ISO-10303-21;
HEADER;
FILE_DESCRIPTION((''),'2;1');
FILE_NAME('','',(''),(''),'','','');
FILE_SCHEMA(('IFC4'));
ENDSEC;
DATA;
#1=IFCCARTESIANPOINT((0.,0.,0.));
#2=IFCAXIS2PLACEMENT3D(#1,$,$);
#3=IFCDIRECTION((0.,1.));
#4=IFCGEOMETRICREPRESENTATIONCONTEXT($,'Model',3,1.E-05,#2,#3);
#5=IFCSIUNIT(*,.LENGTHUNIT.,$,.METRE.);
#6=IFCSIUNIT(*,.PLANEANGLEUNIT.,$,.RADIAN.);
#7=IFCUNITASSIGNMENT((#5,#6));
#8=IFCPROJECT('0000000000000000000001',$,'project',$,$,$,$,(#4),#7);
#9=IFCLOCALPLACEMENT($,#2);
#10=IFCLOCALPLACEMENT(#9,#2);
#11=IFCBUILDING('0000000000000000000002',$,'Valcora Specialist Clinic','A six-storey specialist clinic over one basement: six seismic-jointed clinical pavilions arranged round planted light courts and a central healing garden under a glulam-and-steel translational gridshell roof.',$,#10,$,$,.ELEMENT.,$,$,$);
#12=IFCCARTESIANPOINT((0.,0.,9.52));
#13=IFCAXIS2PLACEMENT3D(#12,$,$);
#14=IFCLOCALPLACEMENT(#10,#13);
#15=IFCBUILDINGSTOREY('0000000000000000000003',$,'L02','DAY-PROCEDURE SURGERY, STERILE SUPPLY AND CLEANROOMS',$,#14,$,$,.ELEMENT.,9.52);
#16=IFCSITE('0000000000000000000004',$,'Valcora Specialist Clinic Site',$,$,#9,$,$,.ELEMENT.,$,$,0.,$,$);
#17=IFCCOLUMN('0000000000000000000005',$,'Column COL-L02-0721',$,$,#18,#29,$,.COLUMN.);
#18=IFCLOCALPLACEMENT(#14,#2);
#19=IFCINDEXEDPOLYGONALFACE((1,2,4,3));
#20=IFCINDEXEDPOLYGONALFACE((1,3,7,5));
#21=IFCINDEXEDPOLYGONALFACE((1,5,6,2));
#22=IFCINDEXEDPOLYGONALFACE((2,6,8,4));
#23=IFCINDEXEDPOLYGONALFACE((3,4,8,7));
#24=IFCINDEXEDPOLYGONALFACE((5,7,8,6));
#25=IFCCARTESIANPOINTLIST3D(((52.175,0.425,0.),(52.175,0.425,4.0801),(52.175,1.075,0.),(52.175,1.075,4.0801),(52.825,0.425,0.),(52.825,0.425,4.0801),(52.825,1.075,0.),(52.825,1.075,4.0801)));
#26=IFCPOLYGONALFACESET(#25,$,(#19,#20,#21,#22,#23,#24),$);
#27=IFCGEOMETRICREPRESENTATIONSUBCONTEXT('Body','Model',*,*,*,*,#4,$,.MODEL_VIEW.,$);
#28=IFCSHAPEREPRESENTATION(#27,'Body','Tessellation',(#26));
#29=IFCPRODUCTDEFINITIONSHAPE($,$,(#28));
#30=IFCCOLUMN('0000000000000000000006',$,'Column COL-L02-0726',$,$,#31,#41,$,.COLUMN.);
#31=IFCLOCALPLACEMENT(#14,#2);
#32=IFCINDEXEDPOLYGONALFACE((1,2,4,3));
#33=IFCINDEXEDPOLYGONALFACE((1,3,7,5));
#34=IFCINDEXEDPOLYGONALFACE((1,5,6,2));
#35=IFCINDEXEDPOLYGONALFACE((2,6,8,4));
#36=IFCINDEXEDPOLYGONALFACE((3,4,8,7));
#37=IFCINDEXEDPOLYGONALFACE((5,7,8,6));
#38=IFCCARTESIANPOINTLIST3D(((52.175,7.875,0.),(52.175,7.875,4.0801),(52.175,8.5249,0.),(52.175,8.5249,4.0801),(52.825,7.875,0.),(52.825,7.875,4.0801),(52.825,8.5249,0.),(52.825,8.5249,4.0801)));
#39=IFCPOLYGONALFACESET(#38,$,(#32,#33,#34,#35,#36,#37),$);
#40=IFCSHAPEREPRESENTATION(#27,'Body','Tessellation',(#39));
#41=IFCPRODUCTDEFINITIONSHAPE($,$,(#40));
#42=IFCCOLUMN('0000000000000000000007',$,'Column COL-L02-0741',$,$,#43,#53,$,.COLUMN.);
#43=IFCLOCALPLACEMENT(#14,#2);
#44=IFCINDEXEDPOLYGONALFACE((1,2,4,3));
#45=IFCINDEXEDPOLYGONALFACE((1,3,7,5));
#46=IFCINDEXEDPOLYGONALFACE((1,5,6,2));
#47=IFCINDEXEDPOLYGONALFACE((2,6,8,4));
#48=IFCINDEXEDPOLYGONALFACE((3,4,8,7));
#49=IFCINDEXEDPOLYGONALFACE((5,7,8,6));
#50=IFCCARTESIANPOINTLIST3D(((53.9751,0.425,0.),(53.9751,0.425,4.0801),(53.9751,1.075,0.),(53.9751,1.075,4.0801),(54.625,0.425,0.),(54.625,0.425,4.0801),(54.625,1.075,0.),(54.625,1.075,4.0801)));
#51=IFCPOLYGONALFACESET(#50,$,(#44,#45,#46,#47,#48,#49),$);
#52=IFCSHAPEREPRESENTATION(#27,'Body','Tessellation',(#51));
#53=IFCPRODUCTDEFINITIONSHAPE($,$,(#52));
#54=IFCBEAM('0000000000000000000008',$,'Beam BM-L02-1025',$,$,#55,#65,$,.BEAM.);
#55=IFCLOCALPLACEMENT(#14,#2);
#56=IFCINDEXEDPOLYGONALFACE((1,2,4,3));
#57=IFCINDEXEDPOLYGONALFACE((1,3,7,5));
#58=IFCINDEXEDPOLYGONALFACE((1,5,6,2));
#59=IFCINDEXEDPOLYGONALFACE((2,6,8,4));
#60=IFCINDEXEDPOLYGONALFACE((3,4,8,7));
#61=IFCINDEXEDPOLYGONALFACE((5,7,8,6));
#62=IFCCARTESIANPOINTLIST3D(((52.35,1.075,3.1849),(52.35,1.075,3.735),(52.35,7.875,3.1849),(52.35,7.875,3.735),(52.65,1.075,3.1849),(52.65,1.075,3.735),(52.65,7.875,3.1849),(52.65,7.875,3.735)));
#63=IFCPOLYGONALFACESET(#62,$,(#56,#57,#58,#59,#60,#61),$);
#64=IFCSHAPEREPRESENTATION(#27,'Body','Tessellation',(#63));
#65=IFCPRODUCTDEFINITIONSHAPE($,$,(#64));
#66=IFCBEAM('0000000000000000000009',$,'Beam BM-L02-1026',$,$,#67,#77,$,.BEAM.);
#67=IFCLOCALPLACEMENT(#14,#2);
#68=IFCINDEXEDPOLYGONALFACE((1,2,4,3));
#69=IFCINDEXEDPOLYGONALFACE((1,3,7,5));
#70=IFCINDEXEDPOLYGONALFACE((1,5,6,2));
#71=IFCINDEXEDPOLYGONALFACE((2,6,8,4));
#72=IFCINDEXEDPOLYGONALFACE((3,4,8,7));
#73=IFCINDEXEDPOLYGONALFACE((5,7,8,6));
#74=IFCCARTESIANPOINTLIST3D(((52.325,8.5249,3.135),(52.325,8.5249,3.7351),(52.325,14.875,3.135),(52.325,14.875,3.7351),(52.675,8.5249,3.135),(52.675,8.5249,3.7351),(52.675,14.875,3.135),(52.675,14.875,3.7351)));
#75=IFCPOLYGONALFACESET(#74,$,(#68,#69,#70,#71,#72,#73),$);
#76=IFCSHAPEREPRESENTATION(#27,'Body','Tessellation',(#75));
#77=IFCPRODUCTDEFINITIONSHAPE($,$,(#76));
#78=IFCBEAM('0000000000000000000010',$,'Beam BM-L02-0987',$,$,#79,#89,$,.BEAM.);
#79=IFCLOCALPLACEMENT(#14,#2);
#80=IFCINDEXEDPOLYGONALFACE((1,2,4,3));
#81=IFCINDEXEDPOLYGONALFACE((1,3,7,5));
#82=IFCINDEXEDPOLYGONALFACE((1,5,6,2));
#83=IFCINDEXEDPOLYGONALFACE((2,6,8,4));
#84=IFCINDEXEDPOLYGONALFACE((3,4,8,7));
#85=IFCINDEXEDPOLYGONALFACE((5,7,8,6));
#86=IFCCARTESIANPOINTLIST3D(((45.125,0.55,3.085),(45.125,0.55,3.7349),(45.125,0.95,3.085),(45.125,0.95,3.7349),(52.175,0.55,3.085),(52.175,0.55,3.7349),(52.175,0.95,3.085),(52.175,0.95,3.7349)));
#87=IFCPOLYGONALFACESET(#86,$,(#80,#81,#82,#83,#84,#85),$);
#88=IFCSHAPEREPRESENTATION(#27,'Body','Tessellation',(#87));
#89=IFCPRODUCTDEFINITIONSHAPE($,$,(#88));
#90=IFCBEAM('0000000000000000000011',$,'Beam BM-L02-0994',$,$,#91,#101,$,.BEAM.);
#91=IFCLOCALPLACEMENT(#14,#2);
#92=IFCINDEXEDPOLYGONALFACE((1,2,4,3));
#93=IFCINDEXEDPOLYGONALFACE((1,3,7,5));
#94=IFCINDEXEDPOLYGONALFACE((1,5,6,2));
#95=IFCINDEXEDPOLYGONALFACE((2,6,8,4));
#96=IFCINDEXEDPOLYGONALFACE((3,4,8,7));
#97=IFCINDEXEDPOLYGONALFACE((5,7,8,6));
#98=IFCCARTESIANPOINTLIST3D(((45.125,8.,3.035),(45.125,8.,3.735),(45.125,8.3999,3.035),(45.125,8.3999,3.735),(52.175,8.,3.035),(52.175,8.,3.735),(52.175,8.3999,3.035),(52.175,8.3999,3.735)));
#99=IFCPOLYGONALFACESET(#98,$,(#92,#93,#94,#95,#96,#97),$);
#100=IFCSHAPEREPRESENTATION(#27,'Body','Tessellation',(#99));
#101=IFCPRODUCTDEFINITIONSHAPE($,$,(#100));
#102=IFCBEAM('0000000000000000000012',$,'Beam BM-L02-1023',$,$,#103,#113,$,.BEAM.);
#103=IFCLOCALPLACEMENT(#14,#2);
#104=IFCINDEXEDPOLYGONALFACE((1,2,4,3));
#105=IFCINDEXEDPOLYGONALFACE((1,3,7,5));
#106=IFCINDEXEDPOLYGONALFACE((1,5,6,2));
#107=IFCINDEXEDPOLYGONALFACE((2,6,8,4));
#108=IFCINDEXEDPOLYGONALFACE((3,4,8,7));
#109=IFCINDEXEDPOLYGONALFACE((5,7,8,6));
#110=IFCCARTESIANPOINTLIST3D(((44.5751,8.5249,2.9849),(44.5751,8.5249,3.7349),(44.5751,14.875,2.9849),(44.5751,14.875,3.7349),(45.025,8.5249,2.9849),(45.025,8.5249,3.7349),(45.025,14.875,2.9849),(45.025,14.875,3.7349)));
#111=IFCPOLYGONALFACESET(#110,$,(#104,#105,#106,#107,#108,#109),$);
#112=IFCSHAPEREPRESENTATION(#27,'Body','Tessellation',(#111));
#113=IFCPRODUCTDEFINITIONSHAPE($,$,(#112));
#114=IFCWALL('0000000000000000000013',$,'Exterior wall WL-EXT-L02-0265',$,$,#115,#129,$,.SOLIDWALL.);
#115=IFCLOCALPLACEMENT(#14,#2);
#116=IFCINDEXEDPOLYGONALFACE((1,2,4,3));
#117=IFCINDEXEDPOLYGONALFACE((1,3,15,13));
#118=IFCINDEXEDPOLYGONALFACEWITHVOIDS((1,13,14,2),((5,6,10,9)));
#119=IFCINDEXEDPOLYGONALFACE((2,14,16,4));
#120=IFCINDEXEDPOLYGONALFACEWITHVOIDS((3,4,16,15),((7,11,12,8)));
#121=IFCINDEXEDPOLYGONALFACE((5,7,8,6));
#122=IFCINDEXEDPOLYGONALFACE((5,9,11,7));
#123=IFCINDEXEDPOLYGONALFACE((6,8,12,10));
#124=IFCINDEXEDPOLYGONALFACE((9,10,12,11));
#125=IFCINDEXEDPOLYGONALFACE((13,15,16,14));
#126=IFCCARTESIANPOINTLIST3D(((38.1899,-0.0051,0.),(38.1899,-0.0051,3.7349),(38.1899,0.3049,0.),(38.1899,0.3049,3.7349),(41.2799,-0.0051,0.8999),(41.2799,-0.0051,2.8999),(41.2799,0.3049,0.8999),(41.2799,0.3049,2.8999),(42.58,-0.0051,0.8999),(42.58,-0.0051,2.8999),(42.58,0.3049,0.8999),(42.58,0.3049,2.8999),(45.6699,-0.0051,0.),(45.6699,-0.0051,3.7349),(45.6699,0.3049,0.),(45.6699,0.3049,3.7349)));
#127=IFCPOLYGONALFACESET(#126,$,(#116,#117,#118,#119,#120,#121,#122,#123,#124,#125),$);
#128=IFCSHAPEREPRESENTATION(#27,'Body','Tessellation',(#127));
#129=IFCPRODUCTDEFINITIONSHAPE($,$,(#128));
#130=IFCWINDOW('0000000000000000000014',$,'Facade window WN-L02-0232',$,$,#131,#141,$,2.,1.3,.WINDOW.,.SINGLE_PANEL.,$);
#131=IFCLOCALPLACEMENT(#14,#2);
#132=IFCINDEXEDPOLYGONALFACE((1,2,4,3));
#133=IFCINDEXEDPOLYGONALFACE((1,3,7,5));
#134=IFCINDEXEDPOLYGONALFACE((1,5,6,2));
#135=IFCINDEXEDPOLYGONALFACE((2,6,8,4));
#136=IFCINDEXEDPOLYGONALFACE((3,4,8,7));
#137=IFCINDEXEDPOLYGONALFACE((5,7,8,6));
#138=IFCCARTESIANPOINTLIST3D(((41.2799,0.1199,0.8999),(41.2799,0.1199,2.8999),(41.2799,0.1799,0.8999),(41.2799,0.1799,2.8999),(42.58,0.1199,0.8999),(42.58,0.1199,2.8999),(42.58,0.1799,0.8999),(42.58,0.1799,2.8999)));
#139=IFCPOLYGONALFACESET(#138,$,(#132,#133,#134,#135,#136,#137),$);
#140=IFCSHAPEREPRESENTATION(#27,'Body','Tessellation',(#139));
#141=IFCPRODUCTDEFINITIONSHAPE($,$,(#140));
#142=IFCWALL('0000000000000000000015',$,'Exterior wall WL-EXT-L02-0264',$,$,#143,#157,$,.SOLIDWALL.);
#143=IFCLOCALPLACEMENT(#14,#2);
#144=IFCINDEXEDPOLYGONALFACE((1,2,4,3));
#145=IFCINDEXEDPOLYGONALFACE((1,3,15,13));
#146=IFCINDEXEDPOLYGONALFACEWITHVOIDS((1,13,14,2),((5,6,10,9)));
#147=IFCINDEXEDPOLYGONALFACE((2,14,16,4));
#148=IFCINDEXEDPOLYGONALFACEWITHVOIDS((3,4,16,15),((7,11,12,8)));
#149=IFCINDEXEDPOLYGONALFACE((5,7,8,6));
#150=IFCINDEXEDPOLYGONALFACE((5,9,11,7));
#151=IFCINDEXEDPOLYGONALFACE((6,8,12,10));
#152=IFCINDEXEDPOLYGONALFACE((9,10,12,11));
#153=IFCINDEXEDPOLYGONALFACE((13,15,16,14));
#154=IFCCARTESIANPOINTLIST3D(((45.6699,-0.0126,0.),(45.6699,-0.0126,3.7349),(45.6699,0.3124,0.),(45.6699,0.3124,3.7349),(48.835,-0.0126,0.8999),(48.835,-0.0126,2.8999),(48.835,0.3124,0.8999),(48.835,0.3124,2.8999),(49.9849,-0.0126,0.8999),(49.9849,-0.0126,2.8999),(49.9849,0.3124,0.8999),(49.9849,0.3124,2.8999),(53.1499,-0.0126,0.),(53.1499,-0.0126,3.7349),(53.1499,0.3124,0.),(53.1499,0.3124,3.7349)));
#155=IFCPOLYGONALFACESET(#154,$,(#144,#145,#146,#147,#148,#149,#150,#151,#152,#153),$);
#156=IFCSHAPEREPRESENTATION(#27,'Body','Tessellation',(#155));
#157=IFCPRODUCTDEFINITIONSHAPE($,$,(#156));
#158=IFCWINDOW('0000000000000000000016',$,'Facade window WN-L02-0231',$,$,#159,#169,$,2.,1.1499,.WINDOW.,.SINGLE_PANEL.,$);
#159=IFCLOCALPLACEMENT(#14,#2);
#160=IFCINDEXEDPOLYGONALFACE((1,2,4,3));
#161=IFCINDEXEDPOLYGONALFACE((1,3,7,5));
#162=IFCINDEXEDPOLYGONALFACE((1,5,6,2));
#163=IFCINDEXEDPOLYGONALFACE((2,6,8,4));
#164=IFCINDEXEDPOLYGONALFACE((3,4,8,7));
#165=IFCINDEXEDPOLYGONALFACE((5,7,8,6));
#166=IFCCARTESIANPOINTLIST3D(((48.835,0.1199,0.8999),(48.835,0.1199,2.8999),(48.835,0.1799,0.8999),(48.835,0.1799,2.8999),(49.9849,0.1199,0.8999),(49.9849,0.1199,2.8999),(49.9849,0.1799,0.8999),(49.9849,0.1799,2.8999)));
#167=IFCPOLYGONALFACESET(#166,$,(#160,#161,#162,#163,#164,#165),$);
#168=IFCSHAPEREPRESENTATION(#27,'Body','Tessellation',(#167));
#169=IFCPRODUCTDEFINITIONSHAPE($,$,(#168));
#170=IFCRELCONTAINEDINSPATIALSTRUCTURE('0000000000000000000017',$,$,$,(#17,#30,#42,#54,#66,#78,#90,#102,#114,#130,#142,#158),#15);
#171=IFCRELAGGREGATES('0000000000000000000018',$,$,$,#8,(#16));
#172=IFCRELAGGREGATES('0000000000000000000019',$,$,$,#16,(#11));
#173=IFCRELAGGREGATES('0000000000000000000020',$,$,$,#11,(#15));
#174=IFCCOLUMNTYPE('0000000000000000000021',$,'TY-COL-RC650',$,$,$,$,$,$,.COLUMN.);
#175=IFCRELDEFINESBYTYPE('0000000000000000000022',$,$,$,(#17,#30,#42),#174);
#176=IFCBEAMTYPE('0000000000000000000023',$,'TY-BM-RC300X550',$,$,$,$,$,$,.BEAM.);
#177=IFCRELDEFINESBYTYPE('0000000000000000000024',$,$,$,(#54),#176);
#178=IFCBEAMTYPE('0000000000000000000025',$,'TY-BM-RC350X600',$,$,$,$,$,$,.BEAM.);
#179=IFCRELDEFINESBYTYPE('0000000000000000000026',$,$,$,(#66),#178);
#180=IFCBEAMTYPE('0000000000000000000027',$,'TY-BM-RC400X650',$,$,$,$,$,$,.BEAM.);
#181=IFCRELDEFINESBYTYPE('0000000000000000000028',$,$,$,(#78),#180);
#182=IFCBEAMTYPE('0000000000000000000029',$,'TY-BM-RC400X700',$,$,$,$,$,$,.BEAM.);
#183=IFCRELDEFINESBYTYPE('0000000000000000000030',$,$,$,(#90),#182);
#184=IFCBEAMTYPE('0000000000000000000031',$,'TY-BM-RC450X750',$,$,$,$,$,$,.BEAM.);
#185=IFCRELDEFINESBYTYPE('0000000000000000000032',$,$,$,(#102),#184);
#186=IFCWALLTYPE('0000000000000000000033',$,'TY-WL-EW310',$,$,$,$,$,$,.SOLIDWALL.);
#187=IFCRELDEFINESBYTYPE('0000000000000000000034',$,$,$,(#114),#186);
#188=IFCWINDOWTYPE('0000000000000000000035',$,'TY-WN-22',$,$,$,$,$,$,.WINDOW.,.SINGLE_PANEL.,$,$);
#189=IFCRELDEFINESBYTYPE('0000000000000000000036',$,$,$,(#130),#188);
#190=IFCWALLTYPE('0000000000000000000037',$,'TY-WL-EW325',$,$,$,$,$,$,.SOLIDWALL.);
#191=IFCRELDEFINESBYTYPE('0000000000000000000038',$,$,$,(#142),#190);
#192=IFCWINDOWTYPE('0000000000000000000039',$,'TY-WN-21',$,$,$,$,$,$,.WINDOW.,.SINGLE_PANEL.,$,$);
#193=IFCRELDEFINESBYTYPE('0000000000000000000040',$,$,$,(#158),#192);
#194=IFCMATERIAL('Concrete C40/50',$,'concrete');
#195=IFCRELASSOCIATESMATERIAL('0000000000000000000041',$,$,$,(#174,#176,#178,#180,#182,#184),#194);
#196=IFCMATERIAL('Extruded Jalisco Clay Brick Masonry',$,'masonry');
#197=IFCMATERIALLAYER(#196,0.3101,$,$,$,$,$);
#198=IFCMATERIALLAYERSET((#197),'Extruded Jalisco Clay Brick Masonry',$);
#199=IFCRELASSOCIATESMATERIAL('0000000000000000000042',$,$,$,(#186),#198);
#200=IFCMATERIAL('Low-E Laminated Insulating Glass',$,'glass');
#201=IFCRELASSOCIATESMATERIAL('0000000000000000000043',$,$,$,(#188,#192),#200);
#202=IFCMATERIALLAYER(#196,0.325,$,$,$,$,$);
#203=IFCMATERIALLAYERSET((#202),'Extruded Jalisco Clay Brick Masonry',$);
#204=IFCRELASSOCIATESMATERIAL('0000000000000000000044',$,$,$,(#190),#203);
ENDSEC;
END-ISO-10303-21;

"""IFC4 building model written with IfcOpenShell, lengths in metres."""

from ifc_helpers import new_model, si_unit, direction, frame, frame_2d, origin, origin_2d, place, context, subcontext, project, spatial, rectangle, extrude, material, layer, layer_set, material_profile, profile_set, type_object, element, fill, save


model = new_model("IFC4")

# Units and contexts
model_context = context("Model", 3, precision=1e-05, world=origin(), true_north=direction((0.0, 1.0)))
body_context = subcontext(model_context, "Body", "Model", "MODEL_VIEW")
ifc_project = project(units=[si_unit("LENGTHUNIT", "METRE"), si_unit("PLANEANGLEUNIT", "RADIAN")], contexts=[model_context])

# Site, building, storey
site_placement = place(None, origin())
site = spatial("IfcSite", under=ifc_project, at=site_placement, Name="Valcora Specialist Clinic Site", CompositionType="ELEMENT", RefElevation=0.0)
building_placement = place(site_placement, origin())
building = spatial("IfcBuilding", under=site, at=building_placement, Name="Valcora Specialist Clinic", Description="A six-storey specialist clinic over one basement: six seismic-jointed clinical pavilions arranged round planted light courts and a central healing garden under a glulam-and-steel translational gridshell roof.", CompositionType="ELEMENT")
storey_placement = place(building_placement, frame((0.0, 0.0, 9.52)))
storey = spatial("IfcBuildingStorey", under=building, at=storey_placement, Name="L02", Description="DAY-PROCEDURE SURGERY, STERILE SUPPLY AND CLEANROOMS", CompositionType="ELEMENT", Elevation=9.52)

# Columns
ifc_material_1 = material(Name="Concrete C40/50", Category="concrete")
ifc_material_profile_1 = material_profile(ifc_material_1, rectangle(XDim=0.6499, YDim=0.6499, at=origin_2d()), Name="RC-COL-650X650")
ifc_profile_set_1 = profile_set([ifc_material_profile_1], Name="Concrete C40/50")
column_type = type_object("IfcColumnType", Name="TY-COL-RC650", PredefinedType="COLUMN", material=ifc_profile_set_1)
for number, where, z_axis, x_axis, name in (
    (1, (52.5, 0.75, 0.0), (0.0, 0.0, 1.0), (1.0, 0.0, 0.0), "Column COL-L02-0721"),
    (2, (52.5, 8.2, 0.0), (0.0, 0.0, 1.0), (1.0, 0.0, 0.0), "Column COL-L02-0726"),
    (3, (54.3, 0.75, 0.0), (0.0, 0.0, 1.0), (1.0, 0.0, 0.0), "Column COL-L02-0741"),
):
    element("IfcColumn", number, at=place(storey_placement, frame(where, z_axis=z_axis, x_axis=x_axis)), inside=storey, type_object=column_type, Name=name, PredefinedType="COLUMN", context=body_context, shape_type="SweptSolid", body=[
        extrude(rectangle(XDim=0.6499, YDim=0.6499, at=origin_2d()), origin(), (0.0, 0.0, 1.0), 4.0801),
    ])

# Beams
ifc_material_profile_2 = material_profile(ifc_material_1, rectangle(XDim=0.3, YDim=0.55, at=origin_2d()), Name="RC-BM-300X550")
ifc_profile_set_2 = profile_set([ifc_material_profile_2], Name="Concrete C40/50")
beam_type_1 = type_object("IfcBeamType", Name="TY-BM-RC300X550", PredefinedType="BEAM", material=ifc_profile_set_2)
beam_1_placement = place(storey_placement, frame((52.5, 1.075, 3.46), z_axis=(0.0, 1.0, 0.0), x_axis=(-1.0, 0.0, 0.0)))
element("IfcBeam", 4, at=beam_1_placement, inside=storey, type_object=beam_type_1, Name="Beam BM-L02-1025", PredefinedType="BEAM", context=body_context, shape_type="SweptSolid", body=[
    extrude(rectangle(XDim=0.3, YDim=0.55, at=origin_2d()), origin(), (0.0, 0.0, 1.0), 6.8),
])
ifc_material_profile_3 = material_profile(ifc_material_1, rectangle(XDim=0.3501, YDim=0.6001, at=origin_2d()), Name="RC-BM-350X600")
ifc_profile_set_3 = profile_set([ifc_material_profile_3], Name="Concrete C40/50")
beam_type_2 = type_object("IfcBeamType", Name="TY-BM-RC350X600", PredefinedType="BEAM", material=ifc_profile_set_3)
beam_2_placement = place(storey_placement, frame((52.5, 8.5249, 3.4351), z_axis=(0.0, 1.0, 0.0), x_axis=(-1.0, 0.0, 0.0)))
element("IfcBeam", 5, at=beam_2_placement, inside=storey, type_object=beam_type_2, Name="Beam BM-L02-1026", PredefinedType="BEAM", context=body_context, shape_type="SweptSolid", body=[
    extrude(rectangle(XDim=0.3501, YDim=0.6001, at=origin_2d()), origin(), (0.0, 0.0, 1.0), 6.3501),
])
ifc_material_profile_4 = material_profile(ifc_material_1, rectangle(XDim=0.3999, YDim=0.6499, at=origin_2d()), Name="RC-BM-400X650")
ifc_profile_set_4 = profile_set([ifc_material_profile_4], Name="Concrete C40/50")
beam_type_3 = type_object("IfcBeamType", Name="TY-BM-RC400X650", PredefinedType="BEAM", material=ifc_profile_set_4)
beam_3_placement = place(storey_placement, frame((45.125, 0.75, 3.4099), z_axis=(1.0, 0.0, 0.0), x_axis=(0.0, 1.0, 0.0)))
element("IfcBeam", 6, at=beam_3_placement, inside=storey, type_object=beam_type_3, Name="Beam BM-L02-0987", PredefinedType="BEAM", context=body_context, shape_type="SweptSolid", body=[
    extrude(rectangle(XDim=0.3999, YDim=0.6499, at=origin_2d()), origin(), (0.0, 0.0, 1.0), 7.05),
])
ifc_material_profile_5 = material_profile(ifc_material_1, rectangle(XDim=0.3999, YDim=0.7, at=origin_2d()), Name="RC-BM-400X700")
ifc_profile_set_5 = profile_set([ifc_material_profile_5], Name="Concrete C40/50")
beam_type_4 = type_object("IfcBeamType", Name="TY-BM-RC400X700", PredefinedType="BEAM", material=ifc_profile_set_5)
beam_4_placement = place(storey_placement, frame((45.125, 8.2, 3.385), z_axis=(1.0, 0.0, 0.0), x_axis=(0.0, 1.0, 0.0)))
element("IfcBeam", 7, at=beam_4_placement, inside=storey, type_object=beam_type_4, Name="Beam BM-L02-0994", PredefinedType="BEAM", context=body_context, shape_type="SweptSolid", body=[
    extrude(rectangle(XDim=0.3999, YDim=0.7, at=origin_2d()), origin(), (0.0, 0.0, 1.0), 7.05),
])
ifc_material_profile_6 = material_profile(ifc_material_1, rectangle(XDim=0.45, YDim=0.75, at=origin_2d()), Name="RC-BM-450X750")
ifc_profile_set_6 = profile_set([ifc_material_profile_6], Name="Concrete C40/50")
beam_type_5 = type_object("IfcBeamType", Name="TY-BM-RC450X750", PredefinedType="BEAM", material=ifc_profile_set_6)
beam_5_placement = place(storey_placement, frame((44.8, 8.5249, 3.3599), z_axis=(0.0, 1.0, 0.0), x_axis=(-1.0, 0.0, 0.0)))
element("IfcBeam", 8, at=beam_5_placement, inside=storey, type_object=beam_type_5, Name="Beam BM-L02-1023", PredefinedType="BEAM", context=body_context, shape_type="SweptSolid", body=[
    extrude(rectangle(XDim=0.45, YDim=0.75, at=origin_2d()), origin(), (0.0, 0.0, 1.0), 6.3501),
])

# Walls, openings, windows
ifc_material_2 = material(Name="Extruded Jalisco Clay Brick Masonry", Category="masonry")
ifc_layer_1 = layer(ifc_material_2, 0.3101)
ifc_layer_set_1 = layer_set([ifc_layer_1], Name="Extruded Jalisco Clay Brick Masonry")
wall_type_1 = type_object("IfcWallType", Name="TY-WL-EW310", PredefinedType="SOLIDWALL", material=ifc_layer_set_1)
wall_1_placement = place(storey_placement, frame((45.6699, 0.1499, 0.0), z_axis=(0.0, 0.0, 1.0), x_axis=(-1.0, 0.0, 0.0)))
wall_1 = element("IfcWall", 9, at=wall_1_placement, inside=storey, type_object=wall_type_1, Name="Exterior wall WL-EXT-L02-0265", PredefinedType="SOLIDWALL", context=body_context, shape_type="SweptSolid", body=[
    extrude(rectangle(XDim=7.48, YDim=0.3101, at=frame_2d((3.74, 0.0))), origin(), (0.0, 0.0, 1.0), 3.7349),
])
opening_1_placement = place(wall_1_placement, frame((3.0901, 0.0, 0.8999)))
opening_1 = element("IfcOpeningElement", 10, at=opening_1_placement, cuts=wall_1, PredefinedType="OPENING", context=body_context, shape_type="SweptSolid", body=[
    extrude(rectangle(XDim=1.3, YDim=2.0, at=frame_2d((0.6499, 1.0))), frame((0.0, 0.165, 0.0), z_axis=(0.0, -1.0, 0.0), x_axis=(1.0, 0.0, 0.0)), (0.0, 0.0, 1.0), 0.3301),
])
ifc_material_3 = material(Name="Low-E Laminated Insulating Glass", Category="glass")
window_type_1 = type_object("IfcWindowType", Name="TY-WN-22", PartitioningType="SINGLE_PANEL", PredefinedType="WINDOW", material=ifc_material_3)
window_1_placement = place(opening_1_placement, origin())
window_1 = element("IfcWindow", 11, at=window_1_placement, inside=storey, type_object=window_type_1, Name="Facade window WN-L02-0232", OverallHeight=2.0, OverallWidth=1.3, PartitioningType="SINGLE_PANEL", PredefinedType="WINDOW", context=body_context, shape_type="SweptSolid", body=[
    extrude(rectangle(XDim=1.3, YDim=2.0, at=frame_2d((0.6499, 1.0))), frame((0.0, 0.03, 0.0), z_axis=(0.0, -1.0, 0.0), x_axis=(1.0, 0.0, 0.0)), (0.0, 0.0, 1.0), 0.0601),
])
fill(opening_1, window_1)
ifc_layer_2 = layer(ifc_material_2, 0.325)
ifc_layer_set_2 = layer_set([ifc_layer_2], Name="Extruded Jalisco Clay Brick Masonry")
wall_type_2 = type_object("IfcWallType", Name="TY-WL-EW325", PredefinedType="SOLIDWALL", material=ifc_layer_set_2)
wall_2_placement = place(storey_placement, frame((53.1499, 0.1499, 0.0), z_axis=(0.0, 0.0, 1.0), x_axis=(-1.0, 0.0, 0.0)))
wall_2 = element("IfcWall", 12, at=wall_2_placement, inside=storey, type_object=wall_type_2, Name="Exterior wall WL-EXT-L02-0264", PredefinedType="SOLIDWALL", context=body_context, shape_type="SweptSolid", body=[
    extrude(rectangle(XDim=7.48, YDim=0.325, at=frame_2d((3.74, 0.0))), origin(), (0.0, 0.0, 1.0), 3.7349),
])
opening_2_placement = place(wall_2_placement, frame((3.165, 0.0, 0.8999)))
opening_2 = element("IfcOpeningElement", 13, at=opening_2_placement, cuts=wall_2, PredefinedType="OPENING", context=body_context, shape_type="SweptSolid", body=[
    extrude(rectangle(XDim=1.1499, YDim=2.0, at=frame_2d((0.575, 1.0))), frame((0.0, 0.1724, 0.0), z_axis=(0.0, -1.0, 0.0), x_axis=(1.0, 0.0, 0.0)), (0.0, 0.0, 1.0), 0.345),
])
window_type_2 = type_object("IfcWindowType", Name="TY-WN-21", PartitioningType="SINGLE_PANEL", PredefinedType="WINDOW", material=ifc_material_3)
window_2_placement = place(opening_2_placement, origin())
window_2 = element("IfcWindow", 14, at=window_2_placement, inside=storey, type_object=window_type_2, Name="Facade window WN-L02-0231", OverallHeight=2.0, OverallWidth=1.1499, PartitioningType="SINGLE_PANEL", PredefinedType="WINDOW", context=body_context, shape_type="SweptSolid", body=[
    extrude(rectangle(XDim=1.1499, YDim=2.0, at=frame_2d((0.575, 1.0))), frame((0.0, 0.03, 0.0), z_axis=(0.0, -1.0, 0.0), x_axis=(1.0, 0.0, 0.0)), (0.0, 0.0, 1.0), 0.0601),
])
fill(opening_2, window_2)

save(model, "model.ifc")
